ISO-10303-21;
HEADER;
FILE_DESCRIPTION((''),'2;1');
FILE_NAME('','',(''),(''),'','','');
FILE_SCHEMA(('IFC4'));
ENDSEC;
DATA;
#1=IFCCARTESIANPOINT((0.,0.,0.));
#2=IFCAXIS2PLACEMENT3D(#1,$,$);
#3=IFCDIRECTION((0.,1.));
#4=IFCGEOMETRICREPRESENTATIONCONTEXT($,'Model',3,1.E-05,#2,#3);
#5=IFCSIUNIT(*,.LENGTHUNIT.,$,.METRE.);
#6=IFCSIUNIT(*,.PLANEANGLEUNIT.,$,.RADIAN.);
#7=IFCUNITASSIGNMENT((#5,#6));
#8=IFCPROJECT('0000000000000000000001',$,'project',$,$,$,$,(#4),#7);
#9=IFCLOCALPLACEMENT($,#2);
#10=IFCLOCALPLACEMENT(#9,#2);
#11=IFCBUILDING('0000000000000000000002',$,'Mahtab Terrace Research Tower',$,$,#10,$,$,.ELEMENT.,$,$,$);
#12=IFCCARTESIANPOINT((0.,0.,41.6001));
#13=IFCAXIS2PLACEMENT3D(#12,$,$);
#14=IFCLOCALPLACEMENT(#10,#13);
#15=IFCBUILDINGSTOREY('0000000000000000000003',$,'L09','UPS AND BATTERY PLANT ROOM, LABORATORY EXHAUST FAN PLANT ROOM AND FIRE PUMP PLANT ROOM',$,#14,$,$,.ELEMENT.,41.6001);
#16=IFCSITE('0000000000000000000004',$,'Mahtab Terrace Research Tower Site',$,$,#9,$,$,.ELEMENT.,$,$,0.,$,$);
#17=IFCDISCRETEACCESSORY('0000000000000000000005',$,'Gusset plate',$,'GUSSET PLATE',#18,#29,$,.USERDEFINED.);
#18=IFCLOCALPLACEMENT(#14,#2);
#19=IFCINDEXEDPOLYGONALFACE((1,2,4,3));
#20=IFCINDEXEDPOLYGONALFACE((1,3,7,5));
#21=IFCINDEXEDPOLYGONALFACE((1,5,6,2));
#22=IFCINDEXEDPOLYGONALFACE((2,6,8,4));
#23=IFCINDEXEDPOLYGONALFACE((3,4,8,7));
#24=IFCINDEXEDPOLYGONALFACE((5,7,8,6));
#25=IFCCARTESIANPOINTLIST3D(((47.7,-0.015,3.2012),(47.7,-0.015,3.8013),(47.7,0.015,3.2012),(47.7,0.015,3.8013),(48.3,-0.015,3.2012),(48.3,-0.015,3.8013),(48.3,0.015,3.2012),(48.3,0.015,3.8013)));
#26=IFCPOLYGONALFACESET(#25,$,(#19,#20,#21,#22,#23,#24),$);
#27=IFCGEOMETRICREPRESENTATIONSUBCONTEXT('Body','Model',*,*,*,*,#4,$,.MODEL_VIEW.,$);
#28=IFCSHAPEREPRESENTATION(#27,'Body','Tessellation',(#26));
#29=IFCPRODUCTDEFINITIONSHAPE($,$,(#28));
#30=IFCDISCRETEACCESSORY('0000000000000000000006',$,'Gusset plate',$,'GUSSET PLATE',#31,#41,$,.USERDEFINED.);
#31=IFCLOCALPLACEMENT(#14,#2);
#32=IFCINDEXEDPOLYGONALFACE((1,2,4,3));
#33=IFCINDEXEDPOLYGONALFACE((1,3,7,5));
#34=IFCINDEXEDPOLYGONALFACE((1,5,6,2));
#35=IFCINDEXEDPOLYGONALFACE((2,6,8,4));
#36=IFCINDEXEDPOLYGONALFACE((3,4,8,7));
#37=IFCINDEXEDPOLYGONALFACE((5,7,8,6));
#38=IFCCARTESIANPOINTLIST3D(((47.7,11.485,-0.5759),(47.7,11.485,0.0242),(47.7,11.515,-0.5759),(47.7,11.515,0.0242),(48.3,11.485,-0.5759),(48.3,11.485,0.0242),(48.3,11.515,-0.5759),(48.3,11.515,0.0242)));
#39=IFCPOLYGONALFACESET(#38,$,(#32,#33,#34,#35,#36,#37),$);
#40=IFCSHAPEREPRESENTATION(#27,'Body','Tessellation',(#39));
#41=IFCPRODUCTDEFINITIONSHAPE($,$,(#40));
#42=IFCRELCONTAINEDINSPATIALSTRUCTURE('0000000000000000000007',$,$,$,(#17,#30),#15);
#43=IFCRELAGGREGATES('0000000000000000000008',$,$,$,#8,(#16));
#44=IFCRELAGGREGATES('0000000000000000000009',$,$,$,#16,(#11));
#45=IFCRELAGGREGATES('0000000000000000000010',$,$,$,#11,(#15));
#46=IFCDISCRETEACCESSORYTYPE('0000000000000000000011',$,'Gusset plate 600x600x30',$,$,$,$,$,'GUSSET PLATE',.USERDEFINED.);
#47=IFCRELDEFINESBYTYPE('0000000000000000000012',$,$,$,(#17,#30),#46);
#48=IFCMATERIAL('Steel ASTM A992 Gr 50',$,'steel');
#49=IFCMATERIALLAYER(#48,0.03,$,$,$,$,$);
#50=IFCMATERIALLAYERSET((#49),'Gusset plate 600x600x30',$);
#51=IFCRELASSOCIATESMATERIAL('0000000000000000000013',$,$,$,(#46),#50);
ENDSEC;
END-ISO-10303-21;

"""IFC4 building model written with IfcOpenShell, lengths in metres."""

from ifc_helpers import new_model, si_unit, direction, frame, origin, origin_2d, place, context, subcontext, project, spatial, rectangle, extrude, material, layer, layer_set, type_object, element, save


model = new_model("IFC4")

# Units and contexts
model_context = context("Model", 3, precision=1e-05, world=origin(), true_north=direction((0.0, 1.0)))
body_context = subcontext(model_context, "Body", "Model", "MODEL_VIEW")
ifc_project = project(units=[si_unit("LENGTHUNIT", "METRE"), si_unit("PLANEANGLEUNIT", "RADIAN")], contexts=[model_context])

# Site, building, storey
site_placement = place(None, origin())
site = spatial("IfcSite", under=ifc_project, at=site_placement, Name="Mahtab Terrace Research Tower Site", CompositionType="ELEMENT", RefElevation=0.0)
building_placement = place(site_placement, origin())
building = spatial("IfcBuilding", under=site, at=building_placement, Name="Mahtab Terrace Research Tower", CompositionType="ELEMENT")
storey_placement = place(building_placement, frame((0.0, 0.0, 41.6001)))
storey = spatial("IfcBuildingStorey", under=building, at=storey_placement, Name="L09", Description="UPS AND BATTERY PLANT ROOM, LABORATORY EXHAUST FAN PLANT ROOM AND FIRE PUMP PLANT ROOM", CompositionType="ELEMENT", Elevation=41.6001)

# Shared definitions
ifc_material_1 = material(Name="Steel ASTM A992 Gr 50", Category="steel")

# Discrete accessories
ifc_layer_1 = layer(ifc_material_1, 0.03)
ifc_layer_set_1 = layer_set([ifc_layer_1], Name="Gusset plate 600x600x30")
discrete_accessory_type = type_object("IfcDiscreteAccessoryType", Name="Gusset plate 600x600x30", ElementType="GUSSET PLATE", PredefinedType="USERDEFINED", material=ifc_layer_set_1)
for number, where, z_axis, x_axis, name in (
    (1, (48.0, 0.0, 3.2012), (0.0, 0.0, 1.0), (1.0, 0.0, 0.0), "Gusset plate"),
    (2, (48.0, 11.5, -0.5759), (0.0, 0.0, 1.0), (1.0, 0.0, 0.0), "Gusset plate"),
):
    element("IfcDiscreteAccessory", number, at=place(storey_placement, frame(where, z_axis=z_axis, x_axis=x_axis)), inside=storey, type_object=discrete_accessory_type, Name=name, ObjectType="GUSSET PLATE", PredefinedType="USERDEFINED", context=body_context, shape_type="SweptSolid", body=[
        extrude(rectangle(XDim=0.6001, YDim=0.03, at=origin_2d()), origin(), (0.0, 0.0, 1.0), 0.6001),
    ])

save(model, "model.ifc")
